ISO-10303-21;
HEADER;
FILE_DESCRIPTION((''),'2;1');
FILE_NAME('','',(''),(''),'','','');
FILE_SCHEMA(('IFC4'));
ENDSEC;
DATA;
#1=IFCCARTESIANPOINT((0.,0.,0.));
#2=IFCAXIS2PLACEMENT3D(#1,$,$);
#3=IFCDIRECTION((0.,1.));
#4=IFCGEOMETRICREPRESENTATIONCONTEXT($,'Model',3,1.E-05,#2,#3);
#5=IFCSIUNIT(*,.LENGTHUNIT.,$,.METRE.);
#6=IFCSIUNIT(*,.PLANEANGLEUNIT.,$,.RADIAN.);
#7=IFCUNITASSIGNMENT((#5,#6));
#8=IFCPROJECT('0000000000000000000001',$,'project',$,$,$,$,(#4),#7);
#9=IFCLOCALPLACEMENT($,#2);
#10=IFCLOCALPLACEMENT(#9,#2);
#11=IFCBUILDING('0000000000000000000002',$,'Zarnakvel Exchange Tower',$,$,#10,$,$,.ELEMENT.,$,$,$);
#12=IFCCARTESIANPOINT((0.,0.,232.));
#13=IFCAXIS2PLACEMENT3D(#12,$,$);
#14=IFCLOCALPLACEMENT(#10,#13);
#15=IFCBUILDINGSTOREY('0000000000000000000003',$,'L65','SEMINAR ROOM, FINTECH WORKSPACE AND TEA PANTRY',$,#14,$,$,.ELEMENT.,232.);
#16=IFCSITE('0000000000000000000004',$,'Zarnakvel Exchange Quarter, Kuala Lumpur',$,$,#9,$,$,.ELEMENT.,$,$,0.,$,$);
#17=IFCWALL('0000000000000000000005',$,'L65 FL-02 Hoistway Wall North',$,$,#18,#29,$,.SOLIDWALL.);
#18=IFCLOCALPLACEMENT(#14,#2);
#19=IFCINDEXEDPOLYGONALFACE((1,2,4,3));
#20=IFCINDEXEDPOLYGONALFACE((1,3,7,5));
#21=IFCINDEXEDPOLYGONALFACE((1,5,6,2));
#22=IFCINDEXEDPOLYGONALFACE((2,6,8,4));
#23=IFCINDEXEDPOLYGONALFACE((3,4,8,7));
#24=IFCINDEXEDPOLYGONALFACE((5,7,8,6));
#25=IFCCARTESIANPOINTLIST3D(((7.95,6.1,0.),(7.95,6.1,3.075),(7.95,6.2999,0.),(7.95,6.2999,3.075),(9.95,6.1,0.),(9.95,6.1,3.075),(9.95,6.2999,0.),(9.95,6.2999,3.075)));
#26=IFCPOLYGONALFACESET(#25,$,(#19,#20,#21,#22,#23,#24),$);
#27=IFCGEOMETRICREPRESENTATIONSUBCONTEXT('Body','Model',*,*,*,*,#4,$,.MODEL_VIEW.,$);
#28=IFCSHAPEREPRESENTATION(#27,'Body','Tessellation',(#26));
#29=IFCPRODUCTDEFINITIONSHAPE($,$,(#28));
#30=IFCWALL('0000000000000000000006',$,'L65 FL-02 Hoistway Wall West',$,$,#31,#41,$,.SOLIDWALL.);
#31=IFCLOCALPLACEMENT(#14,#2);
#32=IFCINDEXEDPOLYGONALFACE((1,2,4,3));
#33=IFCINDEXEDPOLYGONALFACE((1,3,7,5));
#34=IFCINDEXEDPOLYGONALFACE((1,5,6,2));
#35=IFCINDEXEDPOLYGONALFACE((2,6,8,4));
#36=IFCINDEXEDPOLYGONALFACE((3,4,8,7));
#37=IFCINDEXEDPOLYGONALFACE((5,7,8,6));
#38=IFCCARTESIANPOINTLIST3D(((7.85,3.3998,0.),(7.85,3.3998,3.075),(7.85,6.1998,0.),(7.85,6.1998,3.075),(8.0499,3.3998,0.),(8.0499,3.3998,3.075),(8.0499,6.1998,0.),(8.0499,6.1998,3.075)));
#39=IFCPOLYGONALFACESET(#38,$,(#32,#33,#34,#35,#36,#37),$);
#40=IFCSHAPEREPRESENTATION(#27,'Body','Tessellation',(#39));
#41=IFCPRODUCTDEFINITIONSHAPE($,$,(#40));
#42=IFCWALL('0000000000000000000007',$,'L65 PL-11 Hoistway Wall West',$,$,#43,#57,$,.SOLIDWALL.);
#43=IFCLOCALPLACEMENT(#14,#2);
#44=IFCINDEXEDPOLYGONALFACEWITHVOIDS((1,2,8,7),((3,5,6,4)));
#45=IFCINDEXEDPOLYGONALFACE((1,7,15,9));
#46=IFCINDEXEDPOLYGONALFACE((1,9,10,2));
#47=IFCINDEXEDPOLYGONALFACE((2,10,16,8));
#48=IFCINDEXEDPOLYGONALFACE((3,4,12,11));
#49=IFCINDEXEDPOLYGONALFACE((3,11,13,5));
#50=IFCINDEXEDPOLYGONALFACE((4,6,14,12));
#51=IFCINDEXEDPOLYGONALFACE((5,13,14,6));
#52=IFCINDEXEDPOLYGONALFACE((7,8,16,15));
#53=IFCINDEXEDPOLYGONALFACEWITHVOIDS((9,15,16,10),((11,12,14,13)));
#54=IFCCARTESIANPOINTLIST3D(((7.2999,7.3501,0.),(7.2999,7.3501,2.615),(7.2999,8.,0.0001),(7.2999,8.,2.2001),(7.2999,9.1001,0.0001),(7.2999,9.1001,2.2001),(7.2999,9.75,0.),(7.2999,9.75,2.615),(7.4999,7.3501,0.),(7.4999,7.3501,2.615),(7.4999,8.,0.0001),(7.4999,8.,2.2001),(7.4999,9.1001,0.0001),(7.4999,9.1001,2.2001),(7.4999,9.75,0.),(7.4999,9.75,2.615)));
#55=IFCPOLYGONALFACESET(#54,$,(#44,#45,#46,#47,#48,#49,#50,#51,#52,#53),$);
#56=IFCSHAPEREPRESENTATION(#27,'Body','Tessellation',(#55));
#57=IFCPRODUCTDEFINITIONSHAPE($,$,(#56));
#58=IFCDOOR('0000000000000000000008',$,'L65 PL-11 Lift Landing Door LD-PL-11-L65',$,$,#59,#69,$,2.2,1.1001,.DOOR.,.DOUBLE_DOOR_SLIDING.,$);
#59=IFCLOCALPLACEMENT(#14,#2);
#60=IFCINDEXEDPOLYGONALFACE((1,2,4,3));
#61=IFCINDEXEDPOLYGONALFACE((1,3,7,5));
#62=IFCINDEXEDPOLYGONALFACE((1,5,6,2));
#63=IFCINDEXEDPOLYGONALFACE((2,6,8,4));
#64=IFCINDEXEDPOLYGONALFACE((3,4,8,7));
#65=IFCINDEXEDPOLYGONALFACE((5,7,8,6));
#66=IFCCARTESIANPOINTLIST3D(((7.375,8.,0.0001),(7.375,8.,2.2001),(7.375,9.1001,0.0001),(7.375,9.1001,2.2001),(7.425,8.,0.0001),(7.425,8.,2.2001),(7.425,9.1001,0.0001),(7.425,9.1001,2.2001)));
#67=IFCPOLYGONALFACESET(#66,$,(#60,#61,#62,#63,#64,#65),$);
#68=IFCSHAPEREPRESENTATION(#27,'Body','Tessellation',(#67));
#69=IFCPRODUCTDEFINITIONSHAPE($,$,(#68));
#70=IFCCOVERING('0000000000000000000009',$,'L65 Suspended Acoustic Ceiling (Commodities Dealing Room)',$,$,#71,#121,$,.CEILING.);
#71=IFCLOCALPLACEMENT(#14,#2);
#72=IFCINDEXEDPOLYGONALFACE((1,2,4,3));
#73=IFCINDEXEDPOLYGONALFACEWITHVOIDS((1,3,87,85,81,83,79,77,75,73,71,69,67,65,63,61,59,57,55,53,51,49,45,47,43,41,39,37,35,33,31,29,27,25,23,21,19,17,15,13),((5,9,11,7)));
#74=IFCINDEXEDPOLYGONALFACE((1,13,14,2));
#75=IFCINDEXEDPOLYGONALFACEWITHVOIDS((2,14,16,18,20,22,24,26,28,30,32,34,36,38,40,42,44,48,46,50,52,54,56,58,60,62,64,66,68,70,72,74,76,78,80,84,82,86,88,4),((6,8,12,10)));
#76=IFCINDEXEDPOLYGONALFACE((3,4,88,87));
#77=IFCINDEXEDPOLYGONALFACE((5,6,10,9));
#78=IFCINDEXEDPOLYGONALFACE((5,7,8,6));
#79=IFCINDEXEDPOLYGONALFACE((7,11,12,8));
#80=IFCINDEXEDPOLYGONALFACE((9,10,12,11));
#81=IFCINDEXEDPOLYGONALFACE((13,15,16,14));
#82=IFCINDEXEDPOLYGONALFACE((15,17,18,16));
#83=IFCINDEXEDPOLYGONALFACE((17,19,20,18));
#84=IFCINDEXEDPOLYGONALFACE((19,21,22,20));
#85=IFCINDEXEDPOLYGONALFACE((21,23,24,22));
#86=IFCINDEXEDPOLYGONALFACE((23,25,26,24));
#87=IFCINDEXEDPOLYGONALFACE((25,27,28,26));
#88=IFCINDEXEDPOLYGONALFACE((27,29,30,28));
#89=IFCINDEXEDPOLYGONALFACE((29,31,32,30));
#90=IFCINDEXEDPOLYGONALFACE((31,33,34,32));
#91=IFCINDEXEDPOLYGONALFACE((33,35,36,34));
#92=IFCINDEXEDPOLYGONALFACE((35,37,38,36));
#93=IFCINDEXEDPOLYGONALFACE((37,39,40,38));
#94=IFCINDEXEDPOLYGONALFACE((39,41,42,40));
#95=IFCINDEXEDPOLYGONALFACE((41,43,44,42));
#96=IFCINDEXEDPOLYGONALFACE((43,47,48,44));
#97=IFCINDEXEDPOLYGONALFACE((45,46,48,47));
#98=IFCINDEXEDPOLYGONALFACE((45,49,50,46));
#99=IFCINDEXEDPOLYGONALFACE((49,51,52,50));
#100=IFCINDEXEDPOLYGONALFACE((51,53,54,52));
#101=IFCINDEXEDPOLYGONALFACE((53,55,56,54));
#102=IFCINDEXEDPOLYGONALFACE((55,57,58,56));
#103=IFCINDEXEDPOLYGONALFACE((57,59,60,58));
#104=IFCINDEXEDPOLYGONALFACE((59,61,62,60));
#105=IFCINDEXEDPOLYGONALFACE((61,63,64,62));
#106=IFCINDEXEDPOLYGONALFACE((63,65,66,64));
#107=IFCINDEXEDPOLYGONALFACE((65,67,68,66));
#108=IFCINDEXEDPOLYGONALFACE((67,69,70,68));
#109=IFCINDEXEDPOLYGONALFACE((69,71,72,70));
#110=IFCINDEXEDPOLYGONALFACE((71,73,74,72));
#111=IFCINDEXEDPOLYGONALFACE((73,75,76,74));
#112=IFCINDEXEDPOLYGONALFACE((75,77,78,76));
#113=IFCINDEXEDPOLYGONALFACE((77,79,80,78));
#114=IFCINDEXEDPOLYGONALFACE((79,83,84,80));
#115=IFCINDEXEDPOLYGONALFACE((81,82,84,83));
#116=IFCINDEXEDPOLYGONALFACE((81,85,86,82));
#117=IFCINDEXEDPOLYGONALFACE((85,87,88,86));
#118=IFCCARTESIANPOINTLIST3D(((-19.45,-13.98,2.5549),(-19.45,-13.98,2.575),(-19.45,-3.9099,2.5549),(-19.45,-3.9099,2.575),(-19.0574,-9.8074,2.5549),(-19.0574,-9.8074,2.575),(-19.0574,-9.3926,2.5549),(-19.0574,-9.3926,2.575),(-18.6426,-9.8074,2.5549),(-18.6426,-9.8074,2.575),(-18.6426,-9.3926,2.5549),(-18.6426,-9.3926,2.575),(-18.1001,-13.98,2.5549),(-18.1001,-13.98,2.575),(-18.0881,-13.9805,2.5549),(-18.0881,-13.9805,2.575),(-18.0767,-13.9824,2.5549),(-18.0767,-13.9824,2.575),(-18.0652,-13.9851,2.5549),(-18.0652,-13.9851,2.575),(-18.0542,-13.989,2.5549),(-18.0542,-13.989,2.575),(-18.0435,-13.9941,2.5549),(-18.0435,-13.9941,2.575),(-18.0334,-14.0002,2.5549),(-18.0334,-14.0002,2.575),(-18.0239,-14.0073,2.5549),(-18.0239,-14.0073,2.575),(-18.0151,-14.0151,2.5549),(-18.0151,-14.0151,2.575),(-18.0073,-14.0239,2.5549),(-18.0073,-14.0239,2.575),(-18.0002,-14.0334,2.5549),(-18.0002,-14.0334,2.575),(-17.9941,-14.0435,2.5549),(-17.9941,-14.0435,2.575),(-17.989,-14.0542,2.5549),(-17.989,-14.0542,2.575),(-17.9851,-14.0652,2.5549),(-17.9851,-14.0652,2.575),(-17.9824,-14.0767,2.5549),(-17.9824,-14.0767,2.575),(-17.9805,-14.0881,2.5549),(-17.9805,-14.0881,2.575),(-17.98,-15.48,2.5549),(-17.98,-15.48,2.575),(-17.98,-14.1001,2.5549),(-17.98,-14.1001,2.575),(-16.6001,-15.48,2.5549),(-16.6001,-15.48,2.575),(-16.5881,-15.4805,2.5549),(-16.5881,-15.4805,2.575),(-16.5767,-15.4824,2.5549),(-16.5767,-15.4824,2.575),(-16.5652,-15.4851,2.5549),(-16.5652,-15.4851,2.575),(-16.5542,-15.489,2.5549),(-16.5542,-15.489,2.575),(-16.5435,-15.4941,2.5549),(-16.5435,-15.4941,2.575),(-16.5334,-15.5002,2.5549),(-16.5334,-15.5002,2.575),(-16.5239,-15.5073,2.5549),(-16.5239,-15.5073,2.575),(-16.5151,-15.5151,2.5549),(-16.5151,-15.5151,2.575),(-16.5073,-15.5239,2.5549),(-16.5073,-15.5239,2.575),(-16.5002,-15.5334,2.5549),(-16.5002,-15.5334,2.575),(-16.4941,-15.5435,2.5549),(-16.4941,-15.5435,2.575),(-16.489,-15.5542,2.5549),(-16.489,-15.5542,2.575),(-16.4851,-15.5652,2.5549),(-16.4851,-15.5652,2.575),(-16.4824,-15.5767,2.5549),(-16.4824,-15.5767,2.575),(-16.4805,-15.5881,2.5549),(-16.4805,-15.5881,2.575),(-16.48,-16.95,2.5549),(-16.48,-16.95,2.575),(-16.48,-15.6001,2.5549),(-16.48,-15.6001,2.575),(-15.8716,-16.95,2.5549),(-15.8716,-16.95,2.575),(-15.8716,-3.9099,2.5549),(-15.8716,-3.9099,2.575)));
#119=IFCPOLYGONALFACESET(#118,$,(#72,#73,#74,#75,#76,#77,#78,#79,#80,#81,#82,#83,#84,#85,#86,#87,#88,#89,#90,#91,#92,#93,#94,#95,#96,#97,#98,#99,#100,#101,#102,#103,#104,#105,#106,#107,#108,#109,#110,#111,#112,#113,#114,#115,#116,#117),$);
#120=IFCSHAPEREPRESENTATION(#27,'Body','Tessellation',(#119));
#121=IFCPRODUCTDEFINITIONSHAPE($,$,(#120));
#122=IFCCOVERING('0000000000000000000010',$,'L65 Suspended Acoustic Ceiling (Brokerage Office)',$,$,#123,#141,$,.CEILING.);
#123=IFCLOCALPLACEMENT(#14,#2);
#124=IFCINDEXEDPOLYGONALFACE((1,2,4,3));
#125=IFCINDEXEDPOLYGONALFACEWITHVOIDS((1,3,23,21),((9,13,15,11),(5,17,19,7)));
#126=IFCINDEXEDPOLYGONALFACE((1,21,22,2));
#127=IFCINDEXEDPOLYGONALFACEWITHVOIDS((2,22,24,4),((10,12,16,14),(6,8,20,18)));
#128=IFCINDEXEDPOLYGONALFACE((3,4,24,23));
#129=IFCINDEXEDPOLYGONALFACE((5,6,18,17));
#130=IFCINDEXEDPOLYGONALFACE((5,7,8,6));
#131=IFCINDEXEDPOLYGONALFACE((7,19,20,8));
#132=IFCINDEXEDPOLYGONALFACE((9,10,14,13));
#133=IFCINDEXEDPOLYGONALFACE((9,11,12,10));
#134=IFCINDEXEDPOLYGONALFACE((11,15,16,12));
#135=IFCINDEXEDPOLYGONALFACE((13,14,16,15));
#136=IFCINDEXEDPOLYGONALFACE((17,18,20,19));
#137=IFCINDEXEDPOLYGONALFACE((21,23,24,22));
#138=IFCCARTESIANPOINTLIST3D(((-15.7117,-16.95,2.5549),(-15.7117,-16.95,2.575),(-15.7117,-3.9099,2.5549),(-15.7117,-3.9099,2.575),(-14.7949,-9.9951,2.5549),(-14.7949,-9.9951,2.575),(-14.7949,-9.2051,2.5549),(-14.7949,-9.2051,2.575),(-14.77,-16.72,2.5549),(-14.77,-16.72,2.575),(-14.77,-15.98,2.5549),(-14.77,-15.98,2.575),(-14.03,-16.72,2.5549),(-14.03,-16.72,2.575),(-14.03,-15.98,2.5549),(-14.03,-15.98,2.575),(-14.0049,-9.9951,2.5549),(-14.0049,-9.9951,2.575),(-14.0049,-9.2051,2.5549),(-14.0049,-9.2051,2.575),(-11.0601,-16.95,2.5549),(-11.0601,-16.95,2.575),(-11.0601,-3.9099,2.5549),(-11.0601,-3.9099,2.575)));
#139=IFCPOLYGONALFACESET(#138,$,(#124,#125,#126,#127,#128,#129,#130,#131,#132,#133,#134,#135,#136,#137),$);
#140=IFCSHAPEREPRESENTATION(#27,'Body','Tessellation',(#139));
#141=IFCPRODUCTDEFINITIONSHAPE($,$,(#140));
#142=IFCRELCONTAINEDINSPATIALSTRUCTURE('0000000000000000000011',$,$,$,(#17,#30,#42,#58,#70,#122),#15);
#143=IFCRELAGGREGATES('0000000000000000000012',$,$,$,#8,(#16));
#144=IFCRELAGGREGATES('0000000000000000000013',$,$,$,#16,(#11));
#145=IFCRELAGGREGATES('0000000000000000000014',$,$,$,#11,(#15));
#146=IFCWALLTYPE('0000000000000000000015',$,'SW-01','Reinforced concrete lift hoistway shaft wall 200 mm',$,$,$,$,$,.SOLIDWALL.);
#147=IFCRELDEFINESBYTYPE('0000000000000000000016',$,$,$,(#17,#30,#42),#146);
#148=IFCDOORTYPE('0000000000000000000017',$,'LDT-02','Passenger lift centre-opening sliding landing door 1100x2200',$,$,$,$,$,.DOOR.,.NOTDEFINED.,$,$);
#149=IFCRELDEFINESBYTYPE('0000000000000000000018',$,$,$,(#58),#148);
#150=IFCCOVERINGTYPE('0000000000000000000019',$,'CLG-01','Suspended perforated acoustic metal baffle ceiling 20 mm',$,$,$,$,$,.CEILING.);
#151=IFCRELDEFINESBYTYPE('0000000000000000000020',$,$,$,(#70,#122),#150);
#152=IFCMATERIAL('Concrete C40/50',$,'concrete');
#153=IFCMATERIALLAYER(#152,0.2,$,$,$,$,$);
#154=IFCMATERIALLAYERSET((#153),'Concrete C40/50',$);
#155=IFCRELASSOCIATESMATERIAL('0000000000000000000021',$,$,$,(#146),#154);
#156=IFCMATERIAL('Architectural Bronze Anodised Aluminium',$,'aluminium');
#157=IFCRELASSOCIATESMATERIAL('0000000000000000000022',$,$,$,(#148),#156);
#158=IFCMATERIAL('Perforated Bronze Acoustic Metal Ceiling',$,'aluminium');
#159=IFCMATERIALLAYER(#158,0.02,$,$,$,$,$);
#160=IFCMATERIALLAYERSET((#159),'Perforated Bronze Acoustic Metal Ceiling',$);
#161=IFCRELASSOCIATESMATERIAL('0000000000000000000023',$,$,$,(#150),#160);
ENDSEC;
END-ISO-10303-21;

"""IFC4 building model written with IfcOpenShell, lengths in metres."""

from ifc_helpers import new_model, si_unit, direction, frame, frame_2d, origin, place, context, subcontext, project, spatial, polyline, rectangle, outline, extrude, source, transform, mapped, material, layer, layer_set, type_object, element, fill, save


model = new_model("IFC4")

# Units and contexts
model_context = context("Model", 3, precision=1e-05, world=origin(), true_north=direction((0.0, 1.0)))
body_context = subcontext(model_context, "Body", "Model", "MODEL_VIEW")
ifc_project = project(units=[si_unit("LENGTHUNIT", "METRE"), si_unit("PLANEANGLEUNIT", "RADIAN")], contexts=[model_context])

# Site, building, storey
site_placement = place(None, origin())
site = spatial("IfcSite", under=ifc_project, at=site_placement, Name="Zarnakvel Exchange Quarter, Kuala Lumpur", CompositionType="ELEMENT", RefElevation=0.0)
building_placement = place(site_placement, origin())
building = spatial("IfcBuilding", under=site, at=building_placement, Name="Zarnakvel Exchange Tower", CompositionType="ELEMENT")
storey_placement = place(building_placement, frame((0.0, 0.0, 232.0)))
storey = spatial("IfcBuildingStorey", under=building, at=storey_placement, Name="L65", Description="SEMINAR ROOM, FINTECH WORKSPACE AND TEA PANTRY", CompositionType="ELEMENT", Elevation=232.0)

# Walls
ifc_material_1 = material(Name="Concrete C40/50", Category="concrete")
ifc_layer_1 = layer(ifc_material_1, 0.2)
ifc_layer_set_1 = layer_set([ifc_layer_1], Name="Concrete C40/50")
wall_type_1 = type_object("IfcWallType", Name="SW-01", Description="Reinforced concrete lift hoistway shaft wall 200 mm", PredefinedType="SOLIDWALL", material=ifc_layer_set_1)
wall_1_placement = place(storey_placement, frame((7.95, 6.2, 0.0), z_axis=(0.0, 0.0, 1.0), x_axis=(1.0, 0.0, 0.0)))
element("IfcWall", 1, at=wall_1_placement, inside=storey, type_object=wall_type_1, Name="L65 FL-02 Hoistway Wall North", PredefinedType="SOLIDWALL", context=body_context, shape_type="SweptSolid", body=[
    extrude(rectangle(XDim=2.0, YDim=0.2, at=frame_2d((1.0, 0.0))), origin(), (0.0, 0.0, 1.0), 3.075),
])
wall_2_placement = place(storey_placement, frame((7.95, 3.3999, 0.0), z_axis=(0.0, 0.0, 1.0), x_axis=(0.0, 1.0, 0.0)))
element("IfcWall", 2, at=wall_2_placement, inside=storey, type_object=wall_type_1, Name="L65 FL-02 Hoistway Wall West", PredefinedType="SOLIDWALL", context=body_context, shape_type="SweptSolid", body=[
    extrude(rectangle(XDim=2.8, YDim=0.2, at=frame_2d((1.3999, 0.0))), origin(), (0.0, 0.0, 1.0), 3.075),
])

# Wall, opening, door
wall_3_placement = place(storey_placement, frame((7.3999, 7.3501, 0.0), z_axis=(0.0, 0.0, 1.0), x_axis=(0.0, 1.0, 0.0)))
wall_3 = element("IfcWall", 3, at=wall_3_placement, inside=storey, type_object=wall_type_1, Name="L65 PL-11 Hoistway Wall West", PredefinedType="SOLIDWALL", context=body_context, shape_type="SweptSolid", body=[
    extrude(rectangle(XDim=2.3999, YDim=0.2, at=frame_2d((1.2, 0.0))), origin(), (0.0, 0.0, 1.0), 2.615),
])
opening_1_placement = place(wall_3_placement, frame((0.6499, 0.0, 0.0)))
opening_1 = element("IfcOpeningElement", 4, at=opening_1_placement, cuts=wall_3, PredefinedType="OPENING", context=body_context, shape_type="SweptSolid", body=[
    extrude(rectangle(XDim=1.1001, YDim=2.2, at=frame_2d((0.55, 1.1001))), frame((0.0, 0.1099, 0.0), z_axis=(0.0, -1.0, 0.0), x_axis=(1.0, 0.0, 0.0)), (0.0, 0.0, 1.0), 0.22),
])
ifc_material_2 = material(Name="Architectural Bronze Anodised Aluminium", Category="aluminium")
door_type_1 = type_object("IfcDoorType", Name="LDT-02", Description="Passenger lift centre-opening sliding landing door 1100x2200", OperationType="NOTDEFINED", PredefinedType="DOOR", material=ifc_material_2)
shared_shape_1 = source(origin(), body_context, "Body", "SweptSolid", [
    extrude(rectangle(XDim=1.1001, YDim=2.2, at=frame_2d((0.55, 1.1001))), frame((0.0, 0.0249, 0.0), z_axis=(0.0, -1.0, 0.0), x_axis=(1.0, 0.0, 0.0)), (0.0, 0.0, 1.0), 0.05),
])
door_1_placement = place(opening_1_placement, origin())
door_1 = element("IfcDoor", 5, at=door_1_placement, inside=storey, type_object=door_type_1, Name="L65 PL-11 Lift Landing Door LD-PL-11-L65", OperationType="DOUBLE_DOOR_SLIDING", OverallHeight=2.2, OverallWidth=1.1001, PredefinedType="DOOR", context=body_context, shape_type="MappedRepresentation", body=[
    mapped(shared_shape_1, transform((0.0, 0.0, 0.0), x_axis=(1.0, 0.0, 0.0), y_axis=(0.0, 1.0, 0.0), z_axis=(0.0, 0.0, 1.0), scale=1.0)),
])
fill(opening_1, door_1)

# Coverings
ifc_material_3 = material(Name="Perforated Bronze Acoustic Metal Ceiling", Category="aluminium")
ifc_layer_2 = layer(ifc_material_3, 0.02)
ifc_layer_set_2 = layer_set([ifc_layer_2], Name="Perforated Bronze Acoustic Metal Ceiling")
covering_type_1 = type_object("IfcCoveringType", Name="CLG-01", Description="Suspended perforated acoustic metal baffle ceiling 20 mm", PredefinedType="CEILING", material=ifc_layer_set_2)
covering_1_placement = place(storey_placement, frame((0.0, 0.0, 2.5549)))
element("IfcCovering", 6, at=covering_1_placement, inside=storey, type_object=covering_type_1, Name="L65 Suspended Acoustic Ceiling (Commodities Dealing Room)", PredefinedType="CEILING", context=body_context, shape_type="SweptSolid", body=[
    extrude(outline(polyline([(-15.8716, -3.9099), (-15.8716, -16.95), (-16.48, -16.95), (-16.48, -15.6001), (-16.4805, -15.5881), (-16.4824, -15.5767), (-16.4851, -15.5652), (-16.489, -15.5542), (-16.4941, -15.5435), (-16.5002, -15.5334), (-16.5073, -15.5239), (-16.5151, -15.5151), (-16.5239, -15.5073), (-16.5334, -15.5002), (-16.5435, -15.4941), (-16.5542, -15.489), (-16.5652, -15.4851), (-16.5767, -15.4824), (-16.5881, -15.4805), (-16.6001, -15.48), (-17.98, -15.48), (-17.98, -14.1001), (-17.9805, -14.0881), (-17.9824, -14.0767), (-17.9851, -14.0652), (-17.989, -14.0542), (-17.9941, -14.0435), (-18.0002, -14.0334), (-18.0073, -14.0239), (-18.0151, -14.0151), (-18.0239, -14.0073), (-18.0334, -14.0002), (-18.0435, -13.9941), (-18.0542, -13.989), (-18.0652, -13.9851), (-18.0767, -13.9824), (-18.0881, -13.9805), (-18.1001, -13.98), (-19.45, -13.98), (-19.45, -3.9099), (-15.8716, -3.9099)]), holes=[polyline([(-18.6426, -9.8074), (-18.6426, -9.3926), (-19.0574, -9.3926), (-19.0574, -9.8074), (-18.6426, -9.8074)])]), origin(), (0.0, 0.0, 1.0), 0.02),
])
covering_2_placement = place(storey_placement, frame((0.0, 0.0, 2.5549)))
element("IfcCovering", 7, at=covering_2_placement, inside=storey, type_object=covering_type_1, Name="L65 Suspended Acoustic Ceiling (Brokerage Office)", PredefinedType="CEILING", context=body_context, shape_type="SweptSolid", body=[
    extrude(outline(polyline([(-15.7117, -3.9099), (-11.0601, -3.9099), (-11.0601, -16.95), (-15.7117, -16.95), (-15.7117, -3.9099)]), holes=[polyline([(-14.0049, -9.9951), (-14.0049, -9.2051), (-14.7949, -9.2051), (-14.7949, -9.9951), (-14.0049, -9.9951)]), polyline([(-14.03, -15.98), (-14.77, -15.98), (-14.77, -16.72), (-14.03, -16.72), (-14.03, -15.98)])]), origin(), (0.0, 0.0, 1.0), 0.02),
])

save(model, "model.ifc")
